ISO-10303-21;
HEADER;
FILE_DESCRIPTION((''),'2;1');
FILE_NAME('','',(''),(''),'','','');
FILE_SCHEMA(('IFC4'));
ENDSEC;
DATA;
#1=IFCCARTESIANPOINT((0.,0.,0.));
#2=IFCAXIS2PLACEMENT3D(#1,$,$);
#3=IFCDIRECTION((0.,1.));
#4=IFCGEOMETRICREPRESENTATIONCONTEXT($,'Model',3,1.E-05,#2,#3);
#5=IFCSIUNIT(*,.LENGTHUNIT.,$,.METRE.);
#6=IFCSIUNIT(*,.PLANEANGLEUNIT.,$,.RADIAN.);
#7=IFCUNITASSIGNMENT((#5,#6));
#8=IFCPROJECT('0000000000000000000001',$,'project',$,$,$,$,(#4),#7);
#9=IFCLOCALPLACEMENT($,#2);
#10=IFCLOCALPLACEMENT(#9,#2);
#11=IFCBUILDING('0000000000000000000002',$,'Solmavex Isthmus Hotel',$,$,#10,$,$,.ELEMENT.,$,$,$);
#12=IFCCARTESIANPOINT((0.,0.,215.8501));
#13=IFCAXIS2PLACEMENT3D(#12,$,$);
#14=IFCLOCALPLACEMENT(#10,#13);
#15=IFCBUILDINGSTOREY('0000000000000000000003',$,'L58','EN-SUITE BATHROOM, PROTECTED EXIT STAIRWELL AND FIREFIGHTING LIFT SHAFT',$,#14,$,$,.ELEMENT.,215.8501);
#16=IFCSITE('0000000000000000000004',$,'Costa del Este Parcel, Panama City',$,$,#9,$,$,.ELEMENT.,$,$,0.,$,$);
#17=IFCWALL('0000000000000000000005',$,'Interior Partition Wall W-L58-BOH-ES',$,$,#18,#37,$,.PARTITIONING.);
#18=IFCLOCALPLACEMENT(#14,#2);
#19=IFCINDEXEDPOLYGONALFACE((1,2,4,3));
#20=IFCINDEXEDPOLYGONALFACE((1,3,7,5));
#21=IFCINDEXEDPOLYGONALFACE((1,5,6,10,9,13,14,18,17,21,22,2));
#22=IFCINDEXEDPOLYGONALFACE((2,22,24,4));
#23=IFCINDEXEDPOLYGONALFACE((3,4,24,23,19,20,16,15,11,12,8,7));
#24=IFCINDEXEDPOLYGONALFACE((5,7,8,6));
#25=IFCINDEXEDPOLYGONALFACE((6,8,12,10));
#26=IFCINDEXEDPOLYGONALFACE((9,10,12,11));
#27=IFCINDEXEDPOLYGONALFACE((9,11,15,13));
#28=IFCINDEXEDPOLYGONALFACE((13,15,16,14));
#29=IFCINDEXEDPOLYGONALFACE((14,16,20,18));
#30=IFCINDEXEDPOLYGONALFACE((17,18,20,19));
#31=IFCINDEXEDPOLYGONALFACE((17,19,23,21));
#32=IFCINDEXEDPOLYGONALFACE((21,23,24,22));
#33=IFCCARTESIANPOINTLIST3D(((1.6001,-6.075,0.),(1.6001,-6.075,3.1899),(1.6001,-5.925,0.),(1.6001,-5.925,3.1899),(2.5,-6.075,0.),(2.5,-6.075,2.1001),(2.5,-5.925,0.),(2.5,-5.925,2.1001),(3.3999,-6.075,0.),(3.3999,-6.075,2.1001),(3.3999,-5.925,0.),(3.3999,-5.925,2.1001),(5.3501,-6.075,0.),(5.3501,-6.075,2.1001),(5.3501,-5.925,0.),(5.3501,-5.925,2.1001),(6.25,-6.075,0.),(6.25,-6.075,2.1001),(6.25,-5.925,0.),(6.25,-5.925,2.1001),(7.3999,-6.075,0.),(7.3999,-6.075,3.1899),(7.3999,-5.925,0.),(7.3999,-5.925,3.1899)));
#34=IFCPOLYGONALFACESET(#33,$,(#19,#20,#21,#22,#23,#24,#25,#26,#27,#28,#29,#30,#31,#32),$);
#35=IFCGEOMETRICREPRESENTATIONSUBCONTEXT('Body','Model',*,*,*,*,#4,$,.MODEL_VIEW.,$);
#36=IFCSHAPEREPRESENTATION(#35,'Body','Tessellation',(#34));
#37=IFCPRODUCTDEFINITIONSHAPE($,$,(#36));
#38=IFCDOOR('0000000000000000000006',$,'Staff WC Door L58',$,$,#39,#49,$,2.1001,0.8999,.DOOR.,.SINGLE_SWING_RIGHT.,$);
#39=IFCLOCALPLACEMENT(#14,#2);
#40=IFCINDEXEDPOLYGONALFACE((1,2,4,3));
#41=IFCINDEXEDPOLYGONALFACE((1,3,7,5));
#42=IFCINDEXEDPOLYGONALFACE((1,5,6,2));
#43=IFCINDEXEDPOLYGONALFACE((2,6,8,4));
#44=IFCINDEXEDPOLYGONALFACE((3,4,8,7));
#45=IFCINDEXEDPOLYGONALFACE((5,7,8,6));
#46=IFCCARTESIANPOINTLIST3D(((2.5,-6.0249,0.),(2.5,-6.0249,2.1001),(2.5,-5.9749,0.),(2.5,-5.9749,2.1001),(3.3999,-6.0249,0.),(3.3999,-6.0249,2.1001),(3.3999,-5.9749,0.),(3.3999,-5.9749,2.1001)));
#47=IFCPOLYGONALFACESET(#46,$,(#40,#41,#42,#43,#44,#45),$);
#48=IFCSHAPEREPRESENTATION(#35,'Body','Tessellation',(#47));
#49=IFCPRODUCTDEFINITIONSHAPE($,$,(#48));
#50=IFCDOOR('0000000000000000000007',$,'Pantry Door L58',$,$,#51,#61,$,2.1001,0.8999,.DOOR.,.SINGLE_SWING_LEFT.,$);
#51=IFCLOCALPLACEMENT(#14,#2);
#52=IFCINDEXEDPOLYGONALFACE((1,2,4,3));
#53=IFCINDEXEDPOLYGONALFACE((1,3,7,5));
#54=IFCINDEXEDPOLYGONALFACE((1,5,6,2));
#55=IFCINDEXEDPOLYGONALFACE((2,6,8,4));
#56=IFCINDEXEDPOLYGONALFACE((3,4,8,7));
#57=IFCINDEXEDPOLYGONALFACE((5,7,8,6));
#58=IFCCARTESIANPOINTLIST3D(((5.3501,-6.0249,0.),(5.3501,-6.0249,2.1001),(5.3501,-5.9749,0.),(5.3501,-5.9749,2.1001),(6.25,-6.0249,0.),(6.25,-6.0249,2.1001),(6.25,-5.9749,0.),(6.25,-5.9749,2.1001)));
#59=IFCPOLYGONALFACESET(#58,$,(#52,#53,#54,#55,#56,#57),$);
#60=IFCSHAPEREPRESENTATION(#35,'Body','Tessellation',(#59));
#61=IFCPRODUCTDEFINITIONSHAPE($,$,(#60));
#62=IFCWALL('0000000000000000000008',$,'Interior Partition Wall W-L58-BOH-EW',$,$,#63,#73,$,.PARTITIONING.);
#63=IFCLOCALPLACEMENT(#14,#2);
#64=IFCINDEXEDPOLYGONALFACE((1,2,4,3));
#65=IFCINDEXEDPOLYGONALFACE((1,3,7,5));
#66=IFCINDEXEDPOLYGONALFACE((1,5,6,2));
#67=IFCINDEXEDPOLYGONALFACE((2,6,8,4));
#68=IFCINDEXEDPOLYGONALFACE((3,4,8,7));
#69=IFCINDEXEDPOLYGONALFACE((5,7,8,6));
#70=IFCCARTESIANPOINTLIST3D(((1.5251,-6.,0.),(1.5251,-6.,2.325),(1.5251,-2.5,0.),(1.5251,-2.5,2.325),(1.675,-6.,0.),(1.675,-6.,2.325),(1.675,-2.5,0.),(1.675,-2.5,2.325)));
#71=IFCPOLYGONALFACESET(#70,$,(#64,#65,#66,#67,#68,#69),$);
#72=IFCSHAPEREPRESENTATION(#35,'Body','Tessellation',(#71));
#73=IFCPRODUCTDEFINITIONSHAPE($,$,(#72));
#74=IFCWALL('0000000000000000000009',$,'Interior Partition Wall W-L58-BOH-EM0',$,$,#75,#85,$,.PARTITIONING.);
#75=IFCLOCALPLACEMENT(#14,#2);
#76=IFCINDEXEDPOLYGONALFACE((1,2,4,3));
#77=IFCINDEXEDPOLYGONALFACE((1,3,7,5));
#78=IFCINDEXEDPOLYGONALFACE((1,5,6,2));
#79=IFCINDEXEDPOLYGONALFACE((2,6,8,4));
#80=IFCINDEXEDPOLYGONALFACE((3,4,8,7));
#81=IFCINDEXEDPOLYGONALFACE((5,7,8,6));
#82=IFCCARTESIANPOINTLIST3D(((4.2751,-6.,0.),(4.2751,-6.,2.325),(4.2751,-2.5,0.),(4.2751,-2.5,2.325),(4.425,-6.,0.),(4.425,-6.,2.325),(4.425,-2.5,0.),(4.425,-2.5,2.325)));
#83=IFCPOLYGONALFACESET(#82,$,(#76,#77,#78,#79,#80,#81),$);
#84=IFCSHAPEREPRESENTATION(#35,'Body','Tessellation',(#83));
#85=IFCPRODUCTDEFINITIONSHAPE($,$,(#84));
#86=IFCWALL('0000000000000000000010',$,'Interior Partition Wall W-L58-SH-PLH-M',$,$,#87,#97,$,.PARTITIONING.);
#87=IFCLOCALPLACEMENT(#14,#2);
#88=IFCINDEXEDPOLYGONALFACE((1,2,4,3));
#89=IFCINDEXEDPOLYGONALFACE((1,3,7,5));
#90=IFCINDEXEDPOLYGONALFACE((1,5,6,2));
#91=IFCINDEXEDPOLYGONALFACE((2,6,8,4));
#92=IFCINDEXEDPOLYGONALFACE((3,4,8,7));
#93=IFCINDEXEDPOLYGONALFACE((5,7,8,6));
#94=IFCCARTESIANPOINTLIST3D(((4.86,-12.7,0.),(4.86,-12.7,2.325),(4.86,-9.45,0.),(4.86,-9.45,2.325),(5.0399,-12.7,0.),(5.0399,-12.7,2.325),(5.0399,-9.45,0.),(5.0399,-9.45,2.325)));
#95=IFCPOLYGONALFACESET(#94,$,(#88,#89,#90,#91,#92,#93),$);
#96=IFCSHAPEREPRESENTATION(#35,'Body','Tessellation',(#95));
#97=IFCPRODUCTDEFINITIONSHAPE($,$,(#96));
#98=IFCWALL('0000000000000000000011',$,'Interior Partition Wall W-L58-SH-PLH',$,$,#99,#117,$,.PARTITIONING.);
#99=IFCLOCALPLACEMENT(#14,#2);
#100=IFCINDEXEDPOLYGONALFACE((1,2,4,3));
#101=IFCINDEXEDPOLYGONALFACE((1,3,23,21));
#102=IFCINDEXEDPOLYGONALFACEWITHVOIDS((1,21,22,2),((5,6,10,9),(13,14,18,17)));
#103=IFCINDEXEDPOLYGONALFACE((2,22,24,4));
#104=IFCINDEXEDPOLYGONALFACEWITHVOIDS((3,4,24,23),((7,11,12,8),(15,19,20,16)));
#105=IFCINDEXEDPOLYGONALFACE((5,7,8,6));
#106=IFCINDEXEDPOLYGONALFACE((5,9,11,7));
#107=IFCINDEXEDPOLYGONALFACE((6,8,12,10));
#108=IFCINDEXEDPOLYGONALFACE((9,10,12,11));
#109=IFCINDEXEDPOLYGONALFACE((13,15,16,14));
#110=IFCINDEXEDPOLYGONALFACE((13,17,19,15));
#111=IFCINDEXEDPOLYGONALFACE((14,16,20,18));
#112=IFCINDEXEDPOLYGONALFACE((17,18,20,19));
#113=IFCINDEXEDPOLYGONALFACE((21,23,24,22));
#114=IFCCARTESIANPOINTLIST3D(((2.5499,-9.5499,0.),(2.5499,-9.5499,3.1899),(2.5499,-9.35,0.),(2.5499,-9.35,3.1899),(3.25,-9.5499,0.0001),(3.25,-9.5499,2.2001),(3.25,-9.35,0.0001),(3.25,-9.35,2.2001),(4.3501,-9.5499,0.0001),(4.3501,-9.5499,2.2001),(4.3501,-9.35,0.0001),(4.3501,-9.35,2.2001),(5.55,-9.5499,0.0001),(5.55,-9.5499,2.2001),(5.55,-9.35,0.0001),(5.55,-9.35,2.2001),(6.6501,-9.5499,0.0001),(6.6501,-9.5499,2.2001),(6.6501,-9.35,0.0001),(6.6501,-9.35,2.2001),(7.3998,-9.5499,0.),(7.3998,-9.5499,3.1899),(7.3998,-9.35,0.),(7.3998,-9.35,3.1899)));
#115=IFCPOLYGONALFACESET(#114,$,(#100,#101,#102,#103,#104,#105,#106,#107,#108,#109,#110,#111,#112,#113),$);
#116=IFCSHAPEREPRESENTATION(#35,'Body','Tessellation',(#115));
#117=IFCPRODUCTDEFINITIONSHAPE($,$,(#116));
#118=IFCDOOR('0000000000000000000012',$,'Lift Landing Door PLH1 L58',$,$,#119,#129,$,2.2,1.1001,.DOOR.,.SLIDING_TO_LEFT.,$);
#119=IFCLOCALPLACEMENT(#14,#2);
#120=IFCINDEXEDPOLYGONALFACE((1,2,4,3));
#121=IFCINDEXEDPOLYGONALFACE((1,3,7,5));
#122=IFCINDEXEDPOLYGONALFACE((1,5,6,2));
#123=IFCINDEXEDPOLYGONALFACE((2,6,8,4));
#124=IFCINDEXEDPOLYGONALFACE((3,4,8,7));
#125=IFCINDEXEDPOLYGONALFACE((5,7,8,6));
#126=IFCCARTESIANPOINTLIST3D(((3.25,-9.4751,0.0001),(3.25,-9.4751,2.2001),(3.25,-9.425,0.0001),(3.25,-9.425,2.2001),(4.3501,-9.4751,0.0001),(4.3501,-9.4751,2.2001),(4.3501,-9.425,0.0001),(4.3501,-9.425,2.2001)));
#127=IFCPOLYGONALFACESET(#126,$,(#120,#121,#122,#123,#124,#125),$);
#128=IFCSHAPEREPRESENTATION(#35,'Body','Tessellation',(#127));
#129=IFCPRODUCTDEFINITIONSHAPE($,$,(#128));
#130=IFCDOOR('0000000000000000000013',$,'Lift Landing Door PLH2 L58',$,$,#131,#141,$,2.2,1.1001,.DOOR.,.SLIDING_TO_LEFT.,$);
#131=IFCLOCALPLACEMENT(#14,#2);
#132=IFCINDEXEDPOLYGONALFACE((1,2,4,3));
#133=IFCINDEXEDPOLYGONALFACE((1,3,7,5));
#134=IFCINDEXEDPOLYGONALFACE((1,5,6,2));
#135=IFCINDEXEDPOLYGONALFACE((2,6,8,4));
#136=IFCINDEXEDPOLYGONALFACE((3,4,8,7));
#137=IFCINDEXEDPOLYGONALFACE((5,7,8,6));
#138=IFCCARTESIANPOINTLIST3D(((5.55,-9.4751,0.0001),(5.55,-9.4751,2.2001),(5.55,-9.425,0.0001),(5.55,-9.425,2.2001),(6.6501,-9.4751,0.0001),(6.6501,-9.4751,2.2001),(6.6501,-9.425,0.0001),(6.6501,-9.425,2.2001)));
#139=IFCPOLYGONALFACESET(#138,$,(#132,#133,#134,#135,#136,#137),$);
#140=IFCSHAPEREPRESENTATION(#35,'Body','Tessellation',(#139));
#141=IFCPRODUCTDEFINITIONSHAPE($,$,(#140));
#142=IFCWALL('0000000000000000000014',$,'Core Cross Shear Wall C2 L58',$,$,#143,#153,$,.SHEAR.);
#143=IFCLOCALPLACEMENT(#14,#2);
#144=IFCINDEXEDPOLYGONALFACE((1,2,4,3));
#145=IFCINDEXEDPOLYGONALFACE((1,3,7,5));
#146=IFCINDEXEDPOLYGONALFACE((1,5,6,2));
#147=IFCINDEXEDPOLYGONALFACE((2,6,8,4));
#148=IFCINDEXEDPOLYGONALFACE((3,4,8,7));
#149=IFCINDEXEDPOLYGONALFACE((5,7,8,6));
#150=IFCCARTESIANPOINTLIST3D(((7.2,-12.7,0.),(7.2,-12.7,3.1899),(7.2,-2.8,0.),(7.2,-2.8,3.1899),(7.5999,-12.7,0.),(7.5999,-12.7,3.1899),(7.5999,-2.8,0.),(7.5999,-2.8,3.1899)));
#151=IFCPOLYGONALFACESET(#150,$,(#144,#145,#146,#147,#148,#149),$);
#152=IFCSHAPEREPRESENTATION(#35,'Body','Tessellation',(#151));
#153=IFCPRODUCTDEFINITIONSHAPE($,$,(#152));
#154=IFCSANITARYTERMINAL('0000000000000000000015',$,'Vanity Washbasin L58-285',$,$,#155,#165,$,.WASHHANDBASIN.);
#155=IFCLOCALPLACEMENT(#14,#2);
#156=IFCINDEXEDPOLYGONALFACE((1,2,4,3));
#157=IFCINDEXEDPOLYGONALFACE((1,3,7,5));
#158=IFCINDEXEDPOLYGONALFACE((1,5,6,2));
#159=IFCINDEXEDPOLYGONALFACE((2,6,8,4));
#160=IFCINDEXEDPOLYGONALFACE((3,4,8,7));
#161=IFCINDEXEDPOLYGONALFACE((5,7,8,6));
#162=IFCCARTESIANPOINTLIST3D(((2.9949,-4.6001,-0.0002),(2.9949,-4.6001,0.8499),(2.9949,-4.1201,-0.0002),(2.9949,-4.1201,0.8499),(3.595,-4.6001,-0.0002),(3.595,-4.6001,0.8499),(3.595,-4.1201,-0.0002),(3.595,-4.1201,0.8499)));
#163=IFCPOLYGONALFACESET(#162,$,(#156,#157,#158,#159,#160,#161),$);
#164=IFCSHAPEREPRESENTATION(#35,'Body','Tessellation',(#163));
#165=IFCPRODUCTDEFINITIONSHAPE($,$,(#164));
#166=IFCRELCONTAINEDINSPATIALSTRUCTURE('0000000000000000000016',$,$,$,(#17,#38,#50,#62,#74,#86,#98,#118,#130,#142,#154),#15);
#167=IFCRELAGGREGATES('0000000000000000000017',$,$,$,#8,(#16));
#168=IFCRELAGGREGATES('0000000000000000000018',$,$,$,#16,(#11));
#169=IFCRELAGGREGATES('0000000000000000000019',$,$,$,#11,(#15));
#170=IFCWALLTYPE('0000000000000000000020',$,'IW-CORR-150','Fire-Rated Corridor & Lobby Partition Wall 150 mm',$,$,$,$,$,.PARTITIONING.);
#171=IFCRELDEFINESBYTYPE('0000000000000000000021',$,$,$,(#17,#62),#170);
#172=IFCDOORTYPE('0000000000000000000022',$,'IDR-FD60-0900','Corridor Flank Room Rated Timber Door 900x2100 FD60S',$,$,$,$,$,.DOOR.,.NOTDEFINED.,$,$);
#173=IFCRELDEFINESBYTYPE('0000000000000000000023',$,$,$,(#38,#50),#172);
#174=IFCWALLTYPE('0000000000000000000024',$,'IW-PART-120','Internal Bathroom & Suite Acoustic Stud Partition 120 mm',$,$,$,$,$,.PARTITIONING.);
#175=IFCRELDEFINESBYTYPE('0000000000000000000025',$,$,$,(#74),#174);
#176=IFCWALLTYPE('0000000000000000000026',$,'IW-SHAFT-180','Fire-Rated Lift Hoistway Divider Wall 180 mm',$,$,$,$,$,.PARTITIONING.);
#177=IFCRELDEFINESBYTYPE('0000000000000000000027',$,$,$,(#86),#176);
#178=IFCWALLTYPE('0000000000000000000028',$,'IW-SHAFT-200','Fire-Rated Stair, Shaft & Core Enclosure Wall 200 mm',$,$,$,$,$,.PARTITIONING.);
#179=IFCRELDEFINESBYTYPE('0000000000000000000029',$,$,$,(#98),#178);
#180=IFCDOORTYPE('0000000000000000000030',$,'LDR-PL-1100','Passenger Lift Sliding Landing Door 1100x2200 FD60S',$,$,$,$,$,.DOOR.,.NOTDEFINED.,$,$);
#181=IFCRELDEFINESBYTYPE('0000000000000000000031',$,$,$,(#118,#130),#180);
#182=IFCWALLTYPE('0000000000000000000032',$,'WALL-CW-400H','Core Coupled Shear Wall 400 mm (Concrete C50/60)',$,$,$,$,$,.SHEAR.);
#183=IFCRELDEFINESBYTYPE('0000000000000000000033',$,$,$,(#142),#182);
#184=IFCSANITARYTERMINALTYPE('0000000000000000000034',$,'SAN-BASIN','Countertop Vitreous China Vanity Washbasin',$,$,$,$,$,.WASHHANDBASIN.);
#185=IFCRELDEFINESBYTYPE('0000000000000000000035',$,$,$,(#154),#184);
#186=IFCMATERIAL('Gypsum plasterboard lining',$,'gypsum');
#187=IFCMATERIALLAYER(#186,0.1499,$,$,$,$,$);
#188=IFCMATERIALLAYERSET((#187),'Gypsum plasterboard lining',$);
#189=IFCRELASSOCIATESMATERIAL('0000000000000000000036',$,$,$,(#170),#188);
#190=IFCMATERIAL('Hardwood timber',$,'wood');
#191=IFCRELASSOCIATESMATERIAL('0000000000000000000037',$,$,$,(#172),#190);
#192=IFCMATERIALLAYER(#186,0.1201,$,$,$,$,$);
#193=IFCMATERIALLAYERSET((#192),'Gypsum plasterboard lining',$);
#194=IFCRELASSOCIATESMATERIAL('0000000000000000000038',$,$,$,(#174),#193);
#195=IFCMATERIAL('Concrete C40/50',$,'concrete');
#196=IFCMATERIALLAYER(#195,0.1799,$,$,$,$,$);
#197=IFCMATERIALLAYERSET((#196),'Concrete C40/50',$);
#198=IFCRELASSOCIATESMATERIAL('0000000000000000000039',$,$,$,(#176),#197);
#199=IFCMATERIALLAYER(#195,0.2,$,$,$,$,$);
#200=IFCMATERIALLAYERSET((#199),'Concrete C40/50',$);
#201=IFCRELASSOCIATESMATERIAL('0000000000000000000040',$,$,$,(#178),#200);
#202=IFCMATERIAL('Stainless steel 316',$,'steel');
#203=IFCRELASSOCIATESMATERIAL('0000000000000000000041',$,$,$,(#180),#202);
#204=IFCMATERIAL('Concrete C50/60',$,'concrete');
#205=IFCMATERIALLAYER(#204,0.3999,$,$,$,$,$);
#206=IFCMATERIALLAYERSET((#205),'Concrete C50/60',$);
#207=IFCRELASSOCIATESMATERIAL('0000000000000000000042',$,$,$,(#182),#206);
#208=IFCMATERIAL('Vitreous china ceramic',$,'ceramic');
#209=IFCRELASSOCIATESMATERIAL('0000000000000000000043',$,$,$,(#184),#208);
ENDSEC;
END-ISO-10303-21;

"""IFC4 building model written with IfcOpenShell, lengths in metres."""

from ifc_helpers import new_model, si_unit, direction, frame, frame_2d, origin, origin_2d, place, context, subcontext, project, spatial, rectangle, extrude, material, layer, layer_set, type_object, element, fill, save


model = new_model("IFC4")

# Units and contexts
model_context = context("Model", 3, precision=1e-05, world=origin(), true_north=direction((0.0, 1.0)))
body_context = subcontext(model_context, "Body", "Model", "MODEL_VIEW")
ifc_project = project(units=[si_unit("LENGTHUNIT", "METRE"), si_unit("PLANEANGLEUNIT", "RADIAN")], contexts=[model_context])

# Site, building, storey
site_placement = place(None, origin())
site = spatial("IfcSite", under=ifc_project, at=site_placement, Name="Costa del Este Parcel, Panama City", CompositionType="ELEMENT", RefElevation=0.0)
building_placement = place(site_placement, origin())
building = spatial("IfcBuilding", under=site, at=building_placement, Name="Solmavex Isthmus Hotel", CompositionType="ELEMENT")
storey_placement = place(building_placement, frame((0.0, 0.0, 215.8501)))
storey = spatial("IfcBuildingStorey", under=building, at=storey_placement, Name="L58", Description="EN-SUITE BATHROOM, PROTECTED EXIT STAIRWELL AND FIREFIGHTING LIFT SHAFT", CompositionType="ELEMENT", Elevation=215.8501)

# Shared definitions
ifc_material_1 = material(Name="Concrete C50/60", Category="concrete")

# Shared definitions
ifc_material_2 = material(Name="Gypsum plasterboard lining", Category="gypsum")

# Wall, openings, doors
ifc_layer_1 = layer(ifc_material_2, 0.1499)
ifc_layer_set_1 = layer_set([ifc_layer_1], Name="Gypsum plasterboard lining")
wall_type_1 = type_object("IfcWallType", Name="IW-CORR-150", Description="Fire-Rated Corridor & Lobby Partition Wall 150 mm", PredefinedType="PARTITIONING", material=ifc_layer_set_1)
wall_1_placement = place(storey_placement, frame((1.6001, -6.0, 0.0), z_axis=(0.0, 0.0, 1.0), x_axis=(1.0, 0.0, 0.0)))
wall_1 = element("IfcWall", 1, at=wall_1_placement, inside=storey, type_object=wall_type_1, Name="Interior Partition Wall W-L58-BOH-ES", PredefinedType="PARTITIONING", context=body_context, shape_type="SweptSolid", body=[
    extrude(rectangle(XDim=5.7998, YDim=0.1499, at=frame_2d((2.8999, 0.0))), origin(), (0.0, 0.0, 1.0), 3.1899),
])
opening_1_placement = place(wall_1_placement, frame((0.8999, 0.0, 0.0)))
opening_1 = element("IfcOpeningElement", 2, at=opening_1_placement, cuts=wall_1, PredefinedType="OPENING", context=body_context, shape_type="SweptSolid", body=[
    extrude(rectangle(XDim=0.8999, YDim=2.1001, at=frame_2d((0.45, 1.05))), frame((0.0, 0.085, 0.0), z_axis=(0.0, -1.0, 0.0), x_axis=(1.0, 0.0, 0.0)), (0.0, 0.0, 1.0), 0.1699),
])
opening_2_placement = place(wall_1_placement, frame((3.75, 0.0, 0.0)))
opening_2 = element("IfcOpeningElement", 3, at=opening_2_placement, cuts=wall_1, PredefinedType="OPENING", context=body_context, shape_type="SweptSolid", body=[
    extrude(rectangle(XDim=0.8999, YDim=2.1001, at=frame_2d((0.45, 1.05))), frame((0.0, 0.085, 0.0), z_axis=(0.0, -1.0, 0.0), x_axis=(1.0, 0.0, 0.0)), (0.0, 0.0, 1.0), 0.1699),
])
ifc_material_3 = material(Name="Hardwood timber", Category="wood")
door_type_1 = type_object("IfcDoorType", Name="IDR-FD60-0900", Description="Corridor Flank Room Rated Timber Door 900x2100 FD60S", OperationType="NOTDEFINED", PredefinedType="DOOR", material=ifc_material_3)
door_1_placement = place(opening_1_placement, frame((0.8999, 0.0, 0.0), z_axis=(0.0, 0.0, 1.0), x_axis=(-1.0, 0.0, 0.0)))
door_1 = element("IfcDoor", 4, at=door_1_placement, inside=storey, type_object=door_type_1, Name="Staff WC Door L58", OperationType="SINGLE_SWING_RIGHT", OverallHeight=2.1001, OverallWidth=0.8999, PredefinedType="DOOR", context=body_context, shape_type="SweptSolid", body=[
    extrude(rectangle(XDim=0.8999, YDim=2.1001, at=frame_2d((0.45, 1.05))), frame((0.0, 0.0249, 0.0), z_axis=(0.0, -1.0, 0.0), x_axis=(1.0, 0.0, 0.0)), (0.0, 0.0, 1.0), 0.05),
])
fill(opening_1, door_1)
door_2_placement = place(opening_2_placement, frame((0.8999, 0.0, 0.0), z_axis=(0.0, 0.0, 1.0), x_axis=(-1.0, 0.0, 0.0)))
door_2 = element("IfcDoor", 5, at=door_2_placement, inside=storey, type_object=door_type_1, Name="Pantry Door L58", OperationType="SINGLE_SWING_LEFT", OverallHeight=2.1001, OverallWidth=0.8999, PredefinedType="DOOR", context=body_context, shape_type="SweptSolid", body=[
    extrude(rectangle(XDim=0.8999, YDim=2.1001, at=frame_2d((0.45, 1.05))), frame((0.0, 0.0249, 0.0), z_axis=(0.0, -1.0, 0.0), x_axis=(1.0, 0.0, 0.0)), (0.0, 0.0, 1.0), 0.05),
])
fill(opening_2, door_2)

# Walls
wall_2_placement = place(storey_placement, frame((1.6001, -6.0, 0.0), z_axis=(0.0, 0.0, 1.0), x_axis=(0.0, 1.0, 0.0)))
element("IfcWall", 6, at=wall_2_placement, inside=storey, type_object=wall_type_1, Name="Interior Partition Wall W-L58-BOH-EW", PredefinedType="PARTITIONING", context=body_context, shape_type="SweptSolid", body=[
    extrude(rectangle(XDim=3.5, YDim=0.1499, at=frame_2d((1.75, 0.0))), origin(), (0.0, 0.0, 1.0), 2.325),
])
ifc_layer_2 = layer(ifc_material_2, 0.1201)
ifc_layer_set_2 = layer_set([ifc_layer_2], Name="Gypsum plasterboard lining")
wall_type_2 = type_object("IfcWallType", Name="IW-PART-120", Description="Internal Bathroom & Suite Acoustic Stud Partition 120 mm", PredefinedType="PARTITIONING", material=ifc_layer_set_2)
wall_3_placement = place(storey_placement, frame((4.3501, -6.0, 0.0), z_axis=(0.0, 0.0, 1.0), x_axis=(0.0, 1.0, 0.0)))
element("IfcWall", 7, at=wall_3_placement, inside=storey, type_object=wall_type_2, Name="Interior Partition Wall W-L58-BOH-EM0", PredefinedType="PARTITIONING", context=body_context, shape_type="SweptSolid", body=[
    extrude(rectangle(XDim=3.5, YDim=0.1499, at=frame_2d((1.75, 0.0))), origin(), (0.0, 0.0, 1.0), 2.325),
])
ifc_material_4 = material(Name="Concrete C40/50", Category="concrete")
ifc_layer_3 = layer(ifc_material_4, 0.1799)
ifc_layer_set_3 = layer_set([ifc_layer_3], Name="Concrete C40/50")
wall_type_3 = type_object("IfcWallType", Name="IW-SHAFT-180", Description="Fire-Rated Lift Hoistway Divider Wall 180 mm", PredefinedType="PARTITIONING", material=ifc_layer_set_3)
wall_4_placement = place(storey_placement, frame((4.95, -12.7, 0.0), z_axis=(0.0, 0.0, 1.0), x_axis=(0.0, 1.0, 0.0)))
element("IfcWall", 8, at=wall_4_placement, inside=storey, type_object=wall_type_3, Name="Interior Partition Wall W-L58-SH-PLH-M", PredefinedType="PARTITIONING", context=body_context, shape_type="SweptSolid", body=[
    extrude(rectangle(XDim=3.25, YDim=0.1799, at=frame_2d((1.625, 0.0))), origin(), (0.0, 0.0, 1.0), 2.325),
])

# Wall, openings, doors
ifc_layer_4 = layer(ifc_material_4, 0.2)
ifc_layer_set_4 = layer_set([ifc_layer_4], Name="Concrete C40/50")
wall_type_4 = type_object("IfcWallType", Name="IW-SHAFT-200", Description="Fire-Rated Stair, Shaft & Core Enclosure Wall 200 mm", PredefinedType="PARTITIONING", material=ifc_layer_set_4)
wall_5_placement = place(storey_placement, frame((2.55, -9.45, 0.0), z_axis=(0.0, 0.0, 1.0), x_axis=(1.0, 0.0, 0.0)))
wall_5 = element("IfcWall", 9, at=wall_5_placement, inside=storey, type_object=wall_type_4, Name="Interior Partition Wall W-L58-SH-PLH", PredefinedType="PARTITIONING", context=body_context, shape_type="SweptSolid", body=[
    extrude(rectangle(XDim=4.8499, YDim=0.2, at=frame_2d((2.4248, 0.0))), origin(), (0.0, 0.0, 1.0), 3.1899),
])
opening_3_placement = place(wall_5_placement, frame((0.7, 0.0, 0.0)))
opening_3 = element("IfcOpeningElement", 10, at=opening_3_placement, cuts=wall_5, PredefinedType="OPENING", context=body_context, shape_type="SweptSolid", body=[
    extrude(rectangle(XDim=1.1001, YDim=2.2, at=frame_2d((0.55, 1.1001))), frame((0.0, 0.1099, 0.0), z_axis=(0.0, -1.0, 0.0), x_axis=(1.0, 0.0, 0.0)), (0.0, 0.0, 1.0), 0.22),
])
opening_4_placement = place(wall_5_placement, frame((3.0, 0.0, 0.0)))
opening_4 = element("IfcOpeningElement", 11, at=opening_4_placement, cuts=wall_5, PredefinedType="OPENING", context=body_context, shape_type="SweptSolid", body=[
    extrude(rectangle(XDim=1.1001, YDim=2.2, at=frame_2d((0.55, 1.1001))), frame((0.0, 0.1099, 0.0), z_axis=(0.0, -1.0, 0.0), x_axis=(1.0, 0.0, 0.0)), (0.0, 0.0, 1.0), 0.22),
])
ifc_material_5 = material(Name="Stainless steel 316", Category="steel")
door_type_2 = type_object("IfcDoorType", Name="LDR-PL-1100", Description="Passenger Lift Sliding Landing Door 1100x2200 FD60S", OperationType="NOTDEFINED", PredefinedType="DOOR", material=ifc_material_5)
door_3_placement = place(opening_3_placement, origin())
door_3 = element("IfcDoor", 12, at=door_3_placement, inside=storey, type_object=door_type_2, Name="Lift Landing Door PLH1 L58", OperationType="SLIDING_TO_LEFT", OverallHeight=2.2, OverallWidth=1.1001, PredefinedType="DOOR", context=body_context, shape_type="SweptSolid", body=[
    extrude(rectangle(XDim=1.1001, YDim=2.2, at=frame_2d((0.55, 1.1001))), frame((0.0, 0.0249, 0.0), z_axis=(0.0, -1.0, 0.0), x_axis=(1.0, 0.0, 0.0)), (0.0, 0.0, 1.0), 0.05),
])
fill(opening_3, door_3)
door_4_placement = place(opening_4_placement, origin())
door_4 = element("IfcDoor", 13, at=door_4_placement, inside=storey, type_object=door_type_2, Name="Lift Landing Door PLH2 L58", OperationType="SLIDING_TO_LEFT", OverallHeight=2.2, OverallWidth=1.1001, PredefinedType="DOOR", context=body_context, shape_type="SweptSolid", body=[
    extrude(rectangle(XDim=1.1001, YDim=2.2, at=frame_2d((0.55, 1.1001))), frame((0.0, 0.0249, 0.0), z_axis=(0.0, -1.0, 0.0), x_axis=(1.0, 0.0, 0.0)), (0.0, 0.0, 1.0), 0.05),
])
fill(opening_4, door_4)

# Wall
ifc_layer_5 = layer(ifc_material_1, 0.3999)
ifc_layer_set_5 = layer_set([ifc_layer_5], Name="Concrete C50/60")
wall_type_5 = type_object("IfcWallType", Name="WALL-CW-400H", Description="Core Coupled Shear Wall 400 mm (Concrete C50/60)", PredefinedType="SHEAR", material=ifc_layer_set_5)
wall_6_placement = place(storey_placement, frame((7.3999, -12.7, 0.0), z_axis=(0.0, 0.0, 1.0), x_axis=(0.0, 1.0, 0.0)))
element("IfcWall", 14, at=wall_6_placement, inside=storey, type_object=wall_type_5, Name="Core Cross Shear Wall C2 L58", PredefinedType="SHEAR", context=body_context, shape_type="SweptSolid", body=[
    extrude(rectangle(XDim=9.8999, YDim=0.3999, at=frame_2d((4.95, 0.0))), origin(), (0.0, 0.0, 1.0), 3.1899),
])

# Sanitary terminal
ifc_material_6 = material(Name="Vitreous china ceramic", Category="ceramic")
sanitary_terminal_type_1 = type_object("IfcSanitaryTerminalType", Name="SAN-BASIN", Description="Countertop Vitreous China Vanity Washbasin", PredefinedType="WASHHANDBASIN", material=ifc_material_6)
sanitary_terminal_1_placement = place(storey_placement, frame((3.2949, -4.3601, -0.0002), z_axis=(0.0, 0.0, 1.0), x_axis=(1.0, 0.0, 0.0)))
element("IfcSanitaryTerminal", 15, at=sanitary_terminal_1_placement, inside=storey, type_object=sanitary_terminal_type_1, Name="Vanity Washbasin L58-285", PredefinedType="WASHHANDBASIN", context=body_context, shape_type="SweptSolid", body=[
    extrude(rectangle(XDim=0.6001, YDim=0.48, at=origin_2d()), origin(), (0.0, 0.0, 1.0), 0.8501),
])

save(model, "model.ifc")
